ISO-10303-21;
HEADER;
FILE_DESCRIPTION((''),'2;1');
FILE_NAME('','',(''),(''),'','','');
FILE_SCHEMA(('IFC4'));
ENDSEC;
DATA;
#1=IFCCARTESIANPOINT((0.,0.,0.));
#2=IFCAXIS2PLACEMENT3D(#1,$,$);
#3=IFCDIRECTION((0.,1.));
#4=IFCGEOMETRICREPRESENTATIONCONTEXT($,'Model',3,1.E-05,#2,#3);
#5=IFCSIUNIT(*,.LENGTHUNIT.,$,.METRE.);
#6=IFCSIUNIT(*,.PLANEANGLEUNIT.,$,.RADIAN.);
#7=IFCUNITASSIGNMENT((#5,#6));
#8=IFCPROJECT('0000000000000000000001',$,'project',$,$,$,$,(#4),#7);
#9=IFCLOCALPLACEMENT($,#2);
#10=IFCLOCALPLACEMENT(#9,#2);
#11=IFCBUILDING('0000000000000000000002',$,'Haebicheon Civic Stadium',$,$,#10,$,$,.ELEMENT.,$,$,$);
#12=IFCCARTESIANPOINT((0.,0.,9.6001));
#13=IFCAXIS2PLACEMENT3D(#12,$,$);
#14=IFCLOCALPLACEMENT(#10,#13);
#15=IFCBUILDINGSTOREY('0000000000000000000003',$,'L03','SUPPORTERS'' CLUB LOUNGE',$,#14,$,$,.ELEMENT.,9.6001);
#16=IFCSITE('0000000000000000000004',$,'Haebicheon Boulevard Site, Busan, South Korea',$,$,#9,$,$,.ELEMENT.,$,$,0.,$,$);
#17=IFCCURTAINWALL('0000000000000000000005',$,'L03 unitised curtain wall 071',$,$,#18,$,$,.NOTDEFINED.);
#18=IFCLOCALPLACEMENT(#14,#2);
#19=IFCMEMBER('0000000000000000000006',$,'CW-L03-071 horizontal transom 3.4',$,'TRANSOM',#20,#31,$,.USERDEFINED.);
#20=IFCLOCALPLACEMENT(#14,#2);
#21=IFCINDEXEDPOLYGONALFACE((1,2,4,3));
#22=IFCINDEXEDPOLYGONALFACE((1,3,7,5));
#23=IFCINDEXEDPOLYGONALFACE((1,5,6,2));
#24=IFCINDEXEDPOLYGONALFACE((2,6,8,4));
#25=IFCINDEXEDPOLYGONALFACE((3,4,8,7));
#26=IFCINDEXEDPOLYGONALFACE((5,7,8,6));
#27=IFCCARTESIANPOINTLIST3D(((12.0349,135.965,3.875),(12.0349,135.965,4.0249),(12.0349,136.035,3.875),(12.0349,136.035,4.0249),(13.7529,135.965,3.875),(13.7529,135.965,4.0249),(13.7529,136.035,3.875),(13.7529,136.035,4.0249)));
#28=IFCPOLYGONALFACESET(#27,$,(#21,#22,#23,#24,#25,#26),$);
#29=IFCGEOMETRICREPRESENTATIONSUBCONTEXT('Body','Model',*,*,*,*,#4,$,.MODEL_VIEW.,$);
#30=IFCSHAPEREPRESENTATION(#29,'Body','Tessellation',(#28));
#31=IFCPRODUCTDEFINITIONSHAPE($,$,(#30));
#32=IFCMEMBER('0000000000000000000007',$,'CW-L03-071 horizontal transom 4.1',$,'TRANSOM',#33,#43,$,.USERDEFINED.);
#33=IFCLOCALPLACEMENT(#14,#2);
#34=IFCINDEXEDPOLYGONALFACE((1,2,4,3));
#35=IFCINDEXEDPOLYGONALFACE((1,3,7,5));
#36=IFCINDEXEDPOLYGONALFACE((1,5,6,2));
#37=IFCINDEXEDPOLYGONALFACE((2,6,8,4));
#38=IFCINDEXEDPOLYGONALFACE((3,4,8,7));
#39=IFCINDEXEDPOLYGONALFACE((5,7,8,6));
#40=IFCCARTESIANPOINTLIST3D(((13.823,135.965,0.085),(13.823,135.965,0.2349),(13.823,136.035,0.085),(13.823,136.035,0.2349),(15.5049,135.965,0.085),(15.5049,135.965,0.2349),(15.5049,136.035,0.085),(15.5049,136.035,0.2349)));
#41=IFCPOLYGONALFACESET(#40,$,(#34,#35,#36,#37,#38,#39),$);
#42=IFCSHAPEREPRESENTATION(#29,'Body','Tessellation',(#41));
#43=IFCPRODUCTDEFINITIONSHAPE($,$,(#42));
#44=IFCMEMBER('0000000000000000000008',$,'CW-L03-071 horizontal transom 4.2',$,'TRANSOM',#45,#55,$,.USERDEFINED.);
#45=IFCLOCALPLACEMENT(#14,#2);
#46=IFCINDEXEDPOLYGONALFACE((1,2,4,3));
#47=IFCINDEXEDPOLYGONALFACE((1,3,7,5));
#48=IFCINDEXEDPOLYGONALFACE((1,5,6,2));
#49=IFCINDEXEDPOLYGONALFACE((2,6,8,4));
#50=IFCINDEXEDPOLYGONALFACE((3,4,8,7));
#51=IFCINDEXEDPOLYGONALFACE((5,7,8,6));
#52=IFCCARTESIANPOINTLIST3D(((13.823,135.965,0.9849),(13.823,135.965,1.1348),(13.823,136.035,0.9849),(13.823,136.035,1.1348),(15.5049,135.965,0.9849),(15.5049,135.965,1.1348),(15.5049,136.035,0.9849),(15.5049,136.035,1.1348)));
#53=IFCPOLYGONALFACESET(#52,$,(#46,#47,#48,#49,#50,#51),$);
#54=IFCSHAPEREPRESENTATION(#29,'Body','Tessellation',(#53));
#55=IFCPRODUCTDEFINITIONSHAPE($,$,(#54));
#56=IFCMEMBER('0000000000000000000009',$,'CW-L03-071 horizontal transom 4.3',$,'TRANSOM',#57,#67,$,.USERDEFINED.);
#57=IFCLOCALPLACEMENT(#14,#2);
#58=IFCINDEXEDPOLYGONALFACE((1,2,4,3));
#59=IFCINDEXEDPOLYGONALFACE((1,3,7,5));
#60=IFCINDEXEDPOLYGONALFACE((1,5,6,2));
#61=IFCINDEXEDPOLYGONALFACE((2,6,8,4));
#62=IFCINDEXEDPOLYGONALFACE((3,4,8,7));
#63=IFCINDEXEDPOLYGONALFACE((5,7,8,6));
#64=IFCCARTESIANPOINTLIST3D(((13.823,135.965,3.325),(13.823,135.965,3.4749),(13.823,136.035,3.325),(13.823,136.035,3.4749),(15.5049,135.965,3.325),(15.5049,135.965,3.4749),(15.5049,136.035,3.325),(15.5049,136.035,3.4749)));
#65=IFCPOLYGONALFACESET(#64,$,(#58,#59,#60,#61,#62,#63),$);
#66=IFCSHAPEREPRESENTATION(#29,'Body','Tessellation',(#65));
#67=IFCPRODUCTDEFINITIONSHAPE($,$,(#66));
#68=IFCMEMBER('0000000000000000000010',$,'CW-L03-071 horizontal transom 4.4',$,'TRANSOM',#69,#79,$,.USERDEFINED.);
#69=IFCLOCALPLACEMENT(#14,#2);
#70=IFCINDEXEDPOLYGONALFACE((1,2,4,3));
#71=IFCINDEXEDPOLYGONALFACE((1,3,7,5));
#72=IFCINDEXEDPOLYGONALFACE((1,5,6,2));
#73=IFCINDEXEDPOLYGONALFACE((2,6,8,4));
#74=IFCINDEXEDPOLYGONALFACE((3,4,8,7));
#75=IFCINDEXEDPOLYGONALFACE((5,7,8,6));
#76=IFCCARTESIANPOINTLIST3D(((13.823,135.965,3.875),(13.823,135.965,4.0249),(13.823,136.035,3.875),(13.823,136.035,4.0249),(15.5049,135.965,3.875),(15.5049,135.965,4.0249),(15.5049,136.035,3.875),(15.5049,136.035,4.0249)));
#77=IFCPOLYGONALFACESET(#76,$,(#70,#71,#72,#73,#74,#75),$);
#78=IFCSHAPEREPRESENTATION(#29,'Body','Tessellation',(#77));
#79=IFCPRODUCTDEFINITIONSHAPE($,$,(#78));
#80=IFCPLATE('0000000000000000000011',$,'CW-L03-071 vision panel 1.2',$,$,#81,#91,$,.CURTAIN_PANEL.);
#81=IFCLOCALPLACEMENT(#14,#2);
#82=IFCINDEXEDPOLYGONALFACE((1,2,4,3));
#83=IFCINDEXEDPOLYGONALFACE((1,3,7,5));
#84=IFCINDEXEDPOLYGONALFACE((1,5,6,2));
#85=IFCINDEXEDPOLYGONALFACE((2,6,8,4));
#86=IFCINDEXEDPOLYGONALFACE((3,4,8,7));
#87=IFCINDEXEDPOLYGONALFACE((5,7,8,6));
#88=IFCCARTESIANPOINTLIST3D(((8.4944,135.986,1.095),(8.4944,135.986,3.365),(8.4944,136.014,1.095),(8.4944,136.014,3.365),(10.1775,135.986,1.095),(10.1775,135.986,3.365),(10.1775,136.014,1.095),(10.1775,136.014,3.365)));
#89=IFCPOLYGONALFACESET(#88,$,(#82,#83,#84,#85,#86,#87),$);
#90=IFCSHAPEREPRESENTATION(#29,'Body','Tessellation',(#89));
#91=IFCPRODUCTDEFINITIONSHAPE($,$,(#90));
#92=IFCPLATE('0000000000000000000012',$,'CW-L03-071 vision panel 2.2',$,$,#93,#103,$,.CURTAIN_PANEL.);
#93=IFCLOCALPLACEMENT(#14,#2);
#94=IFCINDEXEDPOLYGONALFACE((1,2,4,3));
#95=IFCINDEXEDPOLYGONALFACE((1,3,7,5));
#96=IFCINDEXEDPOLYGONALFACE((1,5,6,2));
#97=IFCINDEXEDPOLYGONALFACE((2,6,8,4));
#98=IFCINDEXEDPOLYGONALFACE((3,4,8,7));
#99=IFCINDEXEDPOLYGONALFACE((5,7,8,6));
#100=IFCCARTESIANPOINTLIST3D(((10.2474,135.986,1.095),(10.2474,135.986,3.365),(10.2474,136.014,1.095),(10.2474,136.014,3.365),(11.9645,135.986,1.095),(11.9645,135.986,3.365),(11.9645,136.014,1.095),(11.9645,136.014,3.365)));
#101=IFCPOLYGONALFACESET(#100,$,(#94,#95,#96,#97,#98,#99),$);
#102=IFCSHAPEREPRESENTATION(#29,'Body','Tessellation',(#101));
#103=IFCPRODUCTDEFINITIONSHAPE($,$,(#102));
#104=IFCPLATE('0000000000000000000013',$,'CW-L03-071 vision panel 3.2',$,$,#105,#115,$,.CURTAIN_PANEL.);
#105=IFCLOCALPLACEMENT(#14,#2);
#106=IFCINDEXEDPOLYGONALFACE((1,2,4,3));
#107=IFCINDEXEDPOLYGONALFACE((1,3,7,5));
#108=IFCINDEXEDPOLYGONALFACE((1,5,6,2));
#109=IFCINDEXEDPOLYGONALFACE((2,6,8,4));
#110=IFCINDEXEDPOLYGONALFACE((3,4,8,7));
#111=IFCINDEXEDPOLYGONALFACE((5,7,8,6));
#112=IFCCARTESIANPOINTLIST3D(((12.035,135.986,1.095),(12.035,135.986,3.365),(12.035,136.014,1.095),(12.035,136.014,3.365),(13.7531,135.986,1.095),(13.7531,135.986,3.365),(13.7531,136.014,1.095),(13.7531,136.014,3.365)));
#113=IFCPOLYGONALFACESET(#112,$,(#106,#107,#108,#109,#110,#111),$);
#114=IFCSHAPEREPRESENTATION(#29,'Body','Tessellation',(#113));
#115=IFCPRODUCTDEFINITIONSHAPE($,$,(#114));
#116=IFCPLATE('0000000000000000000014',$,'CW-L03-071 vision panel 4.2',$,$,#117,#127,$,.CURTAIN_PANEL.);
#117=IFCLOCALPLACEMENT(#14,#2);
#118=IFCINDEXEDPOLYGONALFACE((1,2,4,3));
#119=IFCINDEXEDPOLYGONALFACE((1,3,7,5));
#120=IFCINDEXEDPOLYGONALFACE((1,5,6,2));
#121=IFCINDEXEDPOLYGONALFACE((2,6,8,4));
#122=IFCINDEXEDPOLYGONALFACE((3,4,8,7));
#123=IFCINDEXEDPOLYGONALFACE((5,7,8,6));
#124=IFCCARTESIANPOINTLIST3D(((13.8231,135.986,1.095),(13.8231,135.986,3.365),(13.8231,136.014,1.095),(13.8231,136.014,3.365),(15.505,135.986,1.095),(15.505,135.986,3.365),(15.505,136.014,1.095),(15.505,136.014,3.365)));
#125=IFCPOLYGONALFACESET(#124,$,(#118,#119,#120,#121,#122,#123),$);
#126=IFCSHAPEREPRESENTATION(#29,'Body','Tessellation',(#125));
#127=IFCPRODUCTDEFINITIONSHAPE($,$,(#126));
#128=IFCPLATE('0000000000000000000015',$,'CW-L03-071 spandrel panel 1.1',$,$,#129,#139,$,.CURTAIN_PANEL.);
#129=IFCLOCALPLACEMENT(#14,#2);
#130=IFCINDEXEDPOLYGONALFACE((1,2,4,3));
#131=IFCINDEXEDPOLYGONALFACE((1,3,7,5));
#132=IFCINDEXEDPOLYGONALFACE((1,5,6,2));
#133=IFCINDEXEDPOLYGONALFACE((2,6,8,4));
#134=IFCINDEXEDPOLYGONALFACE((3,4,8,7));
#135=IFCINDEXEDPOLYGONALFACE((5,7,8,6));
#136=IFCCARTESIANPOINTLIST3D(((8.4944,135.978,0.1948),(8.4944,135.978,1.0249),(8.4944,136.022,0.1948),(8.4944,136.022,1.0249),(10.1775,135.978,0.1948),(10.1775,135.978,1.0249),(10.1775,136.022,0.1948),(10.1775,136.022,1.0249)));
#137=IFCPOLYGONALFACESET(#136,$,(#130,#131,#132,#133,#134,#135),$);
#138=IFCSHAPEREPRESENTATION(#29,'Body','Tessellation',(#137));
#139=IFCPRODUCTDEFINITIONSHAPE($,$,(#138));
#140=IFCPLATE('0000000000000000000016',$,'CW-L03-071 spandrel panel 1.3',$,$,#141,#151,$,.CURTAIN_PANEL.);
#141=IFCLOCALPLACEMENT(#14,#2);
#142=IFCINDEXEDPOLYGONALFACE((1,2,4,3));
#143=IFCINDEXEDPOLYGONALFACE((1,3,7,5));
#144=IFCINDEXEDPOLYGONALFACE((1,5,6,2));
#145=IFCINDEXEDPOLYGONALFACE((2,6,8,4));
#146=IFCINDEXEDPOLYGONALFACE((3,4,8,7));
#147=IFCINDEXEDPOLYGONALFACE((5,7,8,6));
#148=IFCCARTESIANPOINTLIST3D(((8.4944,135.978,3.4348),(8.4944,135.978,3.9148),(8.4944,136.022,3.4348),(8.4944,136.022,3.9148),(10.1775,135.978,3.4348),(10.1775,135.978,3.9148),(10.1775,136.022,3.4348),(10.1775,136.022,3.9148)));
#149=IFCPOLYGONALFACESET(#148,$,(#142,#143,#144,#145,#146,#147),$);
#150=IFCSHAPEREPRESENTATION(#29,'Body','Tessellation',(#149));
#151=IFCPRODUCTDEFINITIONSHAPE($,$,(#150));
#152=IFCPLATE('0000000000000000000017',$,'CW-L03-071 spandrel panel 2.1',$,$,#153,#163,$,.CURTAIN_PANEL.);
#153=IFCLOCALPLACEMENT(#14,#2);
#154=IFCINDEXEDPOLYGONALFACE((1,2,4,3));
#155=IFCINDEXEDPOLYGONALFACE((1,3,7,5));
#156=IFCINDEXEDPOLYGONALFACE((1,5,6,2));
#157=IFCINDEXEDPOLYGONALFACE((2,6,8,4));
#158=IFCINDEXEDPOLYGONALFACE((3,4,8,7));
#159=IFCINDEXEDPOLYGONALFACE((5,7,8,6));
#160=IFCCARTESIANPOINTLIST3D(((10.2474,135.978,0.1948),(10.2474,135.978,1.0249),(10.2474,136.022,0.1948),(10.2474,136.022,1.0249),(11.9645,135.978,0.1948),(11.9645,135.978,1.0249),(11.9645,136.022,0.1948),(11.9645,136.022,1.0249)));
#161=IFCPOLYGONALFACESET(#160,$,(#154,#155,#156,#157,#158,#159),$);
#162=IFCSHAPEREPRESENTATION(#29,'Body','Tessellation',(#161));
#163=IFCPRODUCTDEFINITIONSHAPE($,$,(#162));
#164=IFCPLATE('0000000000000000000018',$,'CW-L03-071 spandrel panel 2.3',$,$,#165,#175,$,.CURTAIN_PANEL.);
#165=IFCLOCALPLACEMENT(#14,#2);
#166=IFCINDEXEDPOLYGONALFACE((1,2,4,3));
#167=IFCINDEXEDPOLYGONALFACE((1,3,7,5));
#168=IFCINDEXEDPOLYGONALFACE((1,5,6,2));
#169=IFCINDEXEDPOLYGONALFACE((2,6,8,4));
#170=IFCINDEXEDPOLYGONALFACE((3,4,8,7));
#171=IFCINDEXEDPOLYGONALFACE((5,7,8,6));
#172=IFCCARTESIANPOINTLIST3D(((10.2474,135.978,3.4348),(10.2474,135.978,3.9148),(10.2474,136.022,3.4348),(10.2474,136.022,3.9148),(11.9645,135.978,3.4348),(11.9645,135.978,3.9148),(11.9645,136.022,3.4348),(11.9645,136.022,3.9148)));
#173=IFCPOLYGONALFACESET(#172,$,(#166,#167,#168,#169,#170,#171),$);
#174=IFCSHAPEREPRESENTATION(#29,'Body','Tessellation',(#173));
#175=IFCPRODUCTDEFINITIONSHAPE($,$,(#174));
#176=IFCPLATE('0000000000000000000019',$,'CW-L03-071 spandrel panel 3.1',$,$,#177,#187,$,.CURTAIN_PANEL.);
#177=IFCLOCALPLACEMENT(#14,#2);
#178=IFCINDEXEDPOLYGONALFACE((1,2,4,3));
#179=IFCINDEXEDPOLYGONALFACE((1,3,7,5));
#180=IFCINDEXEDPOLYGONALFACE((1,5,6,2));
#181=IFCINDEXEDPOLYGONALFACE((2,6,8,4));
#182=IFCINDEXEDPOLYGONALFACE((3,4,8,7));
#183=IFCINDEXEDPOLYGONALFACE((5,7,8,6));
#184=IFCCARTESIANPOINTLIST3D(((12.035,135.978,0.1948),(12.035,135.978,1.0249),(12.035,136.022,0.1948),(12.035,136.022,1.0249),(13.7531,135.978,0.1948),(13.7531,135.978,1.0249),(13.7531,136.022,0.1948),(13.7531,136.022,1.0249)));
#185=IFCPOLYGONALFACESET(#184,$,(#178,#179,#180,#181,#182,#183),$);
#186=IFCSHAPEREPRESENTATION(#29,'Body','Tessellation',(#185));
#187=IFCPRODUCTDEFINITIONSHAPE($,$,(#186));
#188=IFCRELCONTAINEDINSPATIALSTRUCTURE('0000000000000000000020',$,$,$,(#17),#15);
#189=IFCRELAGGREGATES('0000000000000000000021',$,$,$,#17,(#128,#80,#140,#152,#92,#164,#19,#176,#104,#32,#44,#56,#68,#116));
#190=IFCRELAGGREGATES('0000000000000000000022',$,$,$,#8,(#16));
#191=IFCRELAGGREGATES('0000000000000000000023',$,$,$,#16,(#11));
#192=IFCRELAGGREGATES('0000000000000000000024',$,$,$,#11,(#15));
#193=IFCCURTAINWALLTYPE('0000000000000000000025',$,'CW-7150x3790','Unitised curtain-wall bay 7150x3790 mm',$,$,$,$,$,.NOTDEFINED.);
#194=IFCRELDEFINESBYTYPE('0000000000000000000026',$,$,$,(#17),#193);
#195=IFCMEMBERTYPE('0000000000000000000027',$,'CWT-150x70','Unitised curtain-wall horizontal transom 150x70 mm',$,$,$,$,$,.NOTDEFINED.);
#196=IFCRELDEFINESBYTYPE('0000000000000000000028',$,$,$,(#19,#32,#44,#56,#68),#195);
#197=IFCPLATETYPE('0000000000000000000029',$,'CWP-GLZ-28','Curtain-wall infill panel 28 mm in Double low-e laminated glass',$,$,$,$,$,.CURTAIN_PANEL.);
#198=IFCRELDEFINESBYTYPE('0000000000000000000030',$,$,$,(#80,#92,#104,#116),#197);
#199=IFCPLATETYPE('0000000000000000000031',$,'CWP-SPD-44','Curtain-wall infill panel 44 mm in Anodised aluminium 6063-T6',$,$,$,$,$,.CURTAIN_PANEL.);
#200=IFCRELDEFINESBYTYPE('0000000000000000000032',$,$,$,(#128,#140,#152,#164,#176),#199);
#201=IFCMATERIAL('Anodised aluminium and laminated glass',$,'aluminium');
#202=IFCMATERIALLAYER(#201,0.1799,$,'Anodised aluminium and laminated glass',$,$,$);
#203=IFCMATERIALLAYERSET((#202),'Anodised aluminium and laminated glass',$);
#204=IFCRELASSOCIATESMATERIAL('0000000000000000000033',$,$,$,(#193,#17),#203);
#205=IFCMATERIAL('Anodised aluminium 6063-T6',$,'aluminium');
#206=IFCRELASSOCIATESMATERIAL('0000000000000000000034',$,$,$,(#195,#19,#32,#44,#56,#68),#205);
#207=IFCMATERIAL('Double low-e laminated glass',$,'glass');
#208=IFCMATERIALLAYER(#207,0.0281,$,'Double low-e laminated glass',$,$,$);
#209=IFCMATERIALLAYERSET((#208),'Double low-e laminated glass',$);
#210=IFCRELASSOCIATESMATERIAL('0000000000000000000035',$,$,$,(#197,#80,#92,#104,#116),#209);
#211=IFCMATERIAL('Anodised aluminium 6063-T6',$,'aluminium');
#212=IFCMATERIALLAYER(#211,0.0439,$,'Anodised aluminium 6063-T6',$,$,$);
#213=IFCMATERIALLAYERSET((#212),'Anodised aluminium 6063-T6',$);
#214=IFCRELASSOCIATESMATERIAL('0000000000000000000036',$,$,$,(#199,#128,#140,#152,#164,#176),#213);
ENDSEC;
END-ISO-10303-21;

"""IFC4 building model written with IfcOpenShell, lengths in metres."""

from ifc_helpers import new_model, si_unit, direction, frame, origin, origin_2d, place, context, subcontext, project, spatial, rectangle, extrude, material, layer, layer_set, material_profile, profile_set, type_object, element, aggregate, save


model = new_model("IFC4")

# Units and contexts
model_context = context("Model", 3, precision=1e-05, world=origin(), true_north=direction((0.0, 1.0)))
body_context = subcontext(model_context, "Body", "Model", "MODEL_VIEW")
ifc_project = project(units=[si_unit("LENGTHUNIT", "METRE"), si_unit("PLANEANGLEUNIT", "RADIAN")], contexts=[model_context])

# Site, building, storey
site_placement = place(None, origin())
site = spatial("IfcSite", under=ifc_project, at=site_placement, Name="Haebicheon Boulevard Site, Busan, South Korea", CompositionType="ELEMENT", RefElevation=0.0)
building_placement = place(site_placement, origin())
building = spatial("IfcBuilding", under=site, at=building_placement, Name="Haebicheon Civic Stadium", CompositionType="ELEMENT")
storey_placement = place(building_placement, frame((0.0, 0.0, 9.6001)))
storey = spatial("IfcBuildingStorey", under=building, at=storey_placement, Name="L03", Description="SUPPORTERS' CLUB LOUNGE", CompositionType="ELEMENT", Elevation=9.6001)

# Curtain wall, members, plates
ifc_material_1 = material(Name="Anodised aluminium and laminated glass", Category="aluminium")
ifc_layer_1 = layer(ifc_material_1, 0.1799, Name="Anodised aluminium and laminated glass")
ifc_layer_set_1 = layer_set([ifc_layer_1], Name="Anodised aluminium and laminated glass")
curtain_wall_type = type_object("IfcCurtainWallType", Name="CW-7150x3790", Description="Unitised curtain-wall bay 7150x3790 mm", PredefinedType="NOTDEFINED", material=ifc_layer_set_1)
curtain_wall_placement = place(storey_placement, origin())
curtain_wall = element("IfcCurtainWall", 1, at=curtain_wall_placement, inside=storey, type_object=curtain_wall_type, material=ifc_layer_set_1, Name="L03 unitised curtain wall 071", PredefinedType="NOTDEFINED")
ifc_material_2 = material(Name="Anodised aluminium 6063-T6", Category="aluminium")
ifc_material_profile_1 = material_profile(ifc_material_2, rectangle(XDim=0.0701, YDim=0.1499, at=origin_2d()), Name="ALU-TRAN-70x150")
ifc_profile_set_1 = profile_set([ifc_material_profile_1], Name="Anodised aluminium 6063-T6")
member_type_1 = type_object("IfcMemberType", Name="CWT-150x70", Description="Unitised curtain-wall horizontal transom 150x70 mm", PredefinedType="NOTDEFINED", material=ifc_profile_set_1)
member_1_placement = place(storey_placement, frame((12.0349, 136.0, 3.95), z_axis=(1.0, 0.0, 0.0), x_axis=(0.0, 1.0, 0.0)))
member_1 = element("IfcMember", 2, at=member_1_placement, type_object=member_type_1, material=ifc_profile_set_1, Name="CW-L03-071 horizontal transom 3.4", ObjectType="TRANSOM", PredefinedType="USERDEFINED", context=body_context, shape_type="SweptSolid", body=[
    extrude(rectangle(XDim=0.0701, YDim=0.1499, at=origin_2d()), origin(), (0.0, 0.0, 1.0), 1.718),
])
member_2_placement = place(storey_placement, frame((13.823, 136.0, 0.1599), z_axis=(1.0, 0.0, 0.0), x_axis=(0.0, 1.0, 0.0)))
member_2 = element("IfcMember", 3, at=member_2_placement, type_object=member_type_1, material=ifc_profile_set_1, Name="CW-L03-071 horizontal transom 4.1", ObjectType="TRANSOM", PredefinedType="USERDEFINED", context=body_context, shape_type="SweptSolid", body=[
    extrude(rectangle(XDim=0.0701, YDim=0.1499, at=origin_2d()), origin(), (0.0, 0.0, 1.0), 1.6819),
])
member_3_placement = place(storey_placement, frame((13.823, 136.0, 1.0598), z_axis=(1.0, 0.0, 0.0), x_axis=(0.0, 1.0, 0.0)))
member_3 = element("IfcMember", 4, at=member_3_placement, type_object=member_type_1, material=ifc_profile_set_1, Name="CW-L03-071 horizontal transom 4.2", ObjectType="TRANSOM", PredefinedType="USERDEFINED", context=body_context, shape_type="SweptSolid", body=[
    extrude(rectangle(XDim=0.0701, YDim=0.1499, at=origin_2d()), origin(), (0.0, 0.0, 1.0), 1.6819),
])
member_4_placement = place(storey_placement, frame((13.823, 136.0, 3.3999), z_axis=(1.0, 0.0, 0.0), x_axis=(0.0, 1.0, 0.0)))
member_4 = element("IfcMember", 5, at=member_4_placement, type_object=member_type_1, material=ifc_profile_set_1, Name="CW-L03-071 horizontal transom 4.3", ObjectType="TRANSOM", PredefinedType="USERDEFINED", context=body_context, shape_type="SweptSolid", body=[
    extrude(rectangle(XDim=0.0701, YDim=0.1499, at=origin_2d()), origin(), (0.0, 0.0, 1.0), 1.6819),
])
member_5_placement = place(storey_placement, frame((13.823, 136.0, 3.95), z_axis=(1.0, 0.0, 0.0), x_axis=(0.0, 1.0, 0.0)))
member_5 = element("IfcMember", 6, at=member_5_placement, type_object=member_type_1, material=ifc_profile_set_1, Name="CW-L03-071 horizontal transom 4.4", ObjectType="TRANSOM", PredefinedType="USERDEFINED", context=body_context, shape_type="SweptSolid", body=[
    extrude(rectangle(XDim=0.0701, YDim=0.1499, at=origin_2d()), origin(), (0.0, 0.0, 1.0), 1.6819),
])
ifc_material_3 = material(Name="Double low-e laminated glass", Category="glass")
ifc_layer_2 = layer(ifc_material_3, 0.0281, Name="Double low-e laminated glass")
ifc_layer_set_2 = layer_set([ifc_layer_2], Name="Double low-e laminated glass")
plate_type_1 = type_object("IfcPlateType", Name="CWP-GLZ-28", Description="Curtain-wall infill panel 28 mm in Double low-e laminated glass", PredefinedType="CURTAIN_PANEL", material=ifc_layer_set_2)
plate_1_placement = place(storey_placement, frame((9.3359, 136.0, 1.095), z_axis=(0.0, 0.0, 1.0), x_axis=(1.0, 0.0, 0.0)))
plate_1 = element("IfcPlate", 7, at=plate_1_placement, type_object=plate_type_1, material=ifc_layer_set_2, Name="CW-L03-071 vision panel 1.2", PredefinedType="CURTAIN_PANEL", context=body_context, shape_type="SweptSolid", body=[
    extrude(rectangle(XDim=1.6831, YDim=0.0281, at=origin_2d()), origin(), (0.0, 0.0, 1.0), 2.27),
])
plate_2_placement = place(storey_placement, frame((11.106, 136.0, 1.095), z_axis=(0.0, 0.0, 1.0), x_axis=(1.0, 0.0, 0.0)))
plate_2 = element("IfcPlate", 8, at=plate_2_placement, type_object=plate_type_1, material=ifc_layer_set_2, Name="CW-L03-071 vision panel 2.2", PredefinedType="CURTAIN_PANEL", context=body_context, shape_type="SweptSolid", body=[
    extrude(rectangle(XDim=1.717, YDim=0.0281, at=origin_2d()), origin(), (0.0, 0.0, 1.0), 2.27),
])
plate_3_placement = place(storey_placement, frame((12.894, 136.0, 1.095), z_axis=(0.0, 0.0, 1.0), x_axis=(1.0, 0.0, 0.0)))
plate_3 = element("IfcPlate", 9, at=plate_3_placement, type_object=plate_type_1, material=ifc_layer_set_2, Name="CW-L03-071 vision panel 3.2", PredefinedType="CURTAIN_PANEL", context=body_context, shape_type="SweptSolid", body=[
    extrude(rectangle(XDim=1.718, YDim=0.0281, at=origin_2d()), origin(), (0.0, 0.0, 1.0), 2.27),
])
plate_4_placement = place(storey_placement, frame((14.6641, 136.0, 1.095), z_axis=(0.0, 0.0, 1.0), x_axis=(1.0, 0.0, 0.0)))
plate_4 = element("IfcPlate", 10, at=plate_4_placement, type_object=plate_type_1, material=ifc_layer_set_2, Name="CW-L03-071 vision panel 4.2", PredefinedType="CURTAIN_PANEL", context=body_context, shape_type="SweptSolid", body=[
    extrude(rectangle(XDim=1.6819, YDim=0.0281, at=origin_2d()), origin(), (0.0, 0.0, 1.0), 2.27),
])
ifc_material_4 = material(Name="Anodised aluminium 6063-T6", Category="aluminium")
ifc_layer_3 = layer(ifc_material_4, 0.0439, Name="Anodised aluminium 6063-T6")
ifc_layer_set_3 = layer_set([ifc_layer_3], Name="Anodised aluminium 6063-T6")
plate_type_2 = type_object("IfcPlateType", Name="CWP-SPD-44", Description="Curtain-wall infill panel 44 mm in Anodised aluminium 6063-T6", PredefinedType="CURTAIN_PANEL", material=ifc_layer_set_3)
plate_5_placement = place(storey_placement, frame((9.3359, 136.0, 0.1948), z_axis=(0.0, 0.0, 1.0), x_axis=(1.0, 0.0, 0.0)))
plate_5 = element("IfcPlate", 11, at=plate_5_placement, type_object=plate_type_2, material=ifc_layer_set_3, Name="CW-L03-071 spandrel panel 1.1", PredefinedType="CURTAIN_PANEL", context=body_context, shape_type="SweptSolid", body=[
    extrude(rectangle(XDim=1.6831, YDim=0.0439, at=origin_2d()), origin(), (0.0, 0.0, 1.0), 0.8301),
])
plate_6_placement = place(storey_placement, frame((9.3359, 136.0, 3.4348), z_axis=(0.0, 0.0, 1.0), x_axis=(1.0, 0.0, 0.0)))
plate_6 = element("IfcPlate", 12, at=plate_6_placement, type_object=plate_type_2, material=ifc_layer_set_3, Name="CW-L03-071 spandrel panel 1.3", PredefinedType="CURTAIN_PANEL", context=body_context, shape_type="SweptSolid", body=[
    extrude(rectangle(XDim=1.6831, YDim=0.0439, at=origin_2d()), origin(), (0.0, 0.0, 1.0), 0.48),
])
plate_7_placement = place(storey_placement, frame((11.106, 136.0, 0.1948), z_axis=(0.0, 0.0, 1.0), x_axis=(1.0, 0.0, 0.0)))
plate_7 = element("IfcPlate", 13, at=plate_7_placement, type_object=plate_type_2, material=ifc_layer_set_3, Name="CW-L03-071 spandrel panel 2.1", PredefinedType="CURTAIN_PANEL", context=body_context, shape_type="SweptSolid", body=[
    extrude(rectangle(XDim=1.717, YDim=0.0439, at=origin_2d()), origin(), (0.0, 0.0, 1.0), 0.8301),
])
plate_8_placement = place(storey_placement, frame((11.106, 136.0, 3.4348), z_axis=(0.0, 0.0, 1.0), x_axis=(1.0, 0.0, 0.0)))
plate_8 = element("IfcPlate", 14, at=plate_8_placement, type_object=plate_type_2, material=ifc_layer_set_3, Name="CW-L03-071 spandrel panel 2.3", PredefinedType="CURTAIN_PANEL", context=body_context, shape_type="SweptSolid", body=[
    extrude(rectangle(XDim=1.717, YDim=0.0439, at=origin_2d()), origin(), (0.0, 0.0, 1.0), 0.48),
])
plate_9_placement = place(storey_placement, frame((12.894, 136.0, 0.1948), z_axis=(0.0, 0.0, 1.0), x_axis=(1.0, 0.0, 0.0)))
plate_9 = element("IfcPlate", 15, at=plate_9_placement, type_object=plate_type_2, material=ifc_layer_set_3, Name="CW-L03-071 spandrel panel 3.1", PredefinedType="CURTAIN_PANEL", context=body_context, shape_type="SweptSolid", body=[
    extrude(rectangle(XDim=1.718, YDim=0.0439, at=origin_2d()), origin(), (0.0, 0.0, 1.0), 0.8301),
])
aggregate(curtain_wall, [plate_5, plate_1, plate_6, plate_7, plate_2, plate_8, member_1, plate_9, plate_3, member_2, member_3, member_4, member_5, plate_4])

save(model, "model.ifc")
